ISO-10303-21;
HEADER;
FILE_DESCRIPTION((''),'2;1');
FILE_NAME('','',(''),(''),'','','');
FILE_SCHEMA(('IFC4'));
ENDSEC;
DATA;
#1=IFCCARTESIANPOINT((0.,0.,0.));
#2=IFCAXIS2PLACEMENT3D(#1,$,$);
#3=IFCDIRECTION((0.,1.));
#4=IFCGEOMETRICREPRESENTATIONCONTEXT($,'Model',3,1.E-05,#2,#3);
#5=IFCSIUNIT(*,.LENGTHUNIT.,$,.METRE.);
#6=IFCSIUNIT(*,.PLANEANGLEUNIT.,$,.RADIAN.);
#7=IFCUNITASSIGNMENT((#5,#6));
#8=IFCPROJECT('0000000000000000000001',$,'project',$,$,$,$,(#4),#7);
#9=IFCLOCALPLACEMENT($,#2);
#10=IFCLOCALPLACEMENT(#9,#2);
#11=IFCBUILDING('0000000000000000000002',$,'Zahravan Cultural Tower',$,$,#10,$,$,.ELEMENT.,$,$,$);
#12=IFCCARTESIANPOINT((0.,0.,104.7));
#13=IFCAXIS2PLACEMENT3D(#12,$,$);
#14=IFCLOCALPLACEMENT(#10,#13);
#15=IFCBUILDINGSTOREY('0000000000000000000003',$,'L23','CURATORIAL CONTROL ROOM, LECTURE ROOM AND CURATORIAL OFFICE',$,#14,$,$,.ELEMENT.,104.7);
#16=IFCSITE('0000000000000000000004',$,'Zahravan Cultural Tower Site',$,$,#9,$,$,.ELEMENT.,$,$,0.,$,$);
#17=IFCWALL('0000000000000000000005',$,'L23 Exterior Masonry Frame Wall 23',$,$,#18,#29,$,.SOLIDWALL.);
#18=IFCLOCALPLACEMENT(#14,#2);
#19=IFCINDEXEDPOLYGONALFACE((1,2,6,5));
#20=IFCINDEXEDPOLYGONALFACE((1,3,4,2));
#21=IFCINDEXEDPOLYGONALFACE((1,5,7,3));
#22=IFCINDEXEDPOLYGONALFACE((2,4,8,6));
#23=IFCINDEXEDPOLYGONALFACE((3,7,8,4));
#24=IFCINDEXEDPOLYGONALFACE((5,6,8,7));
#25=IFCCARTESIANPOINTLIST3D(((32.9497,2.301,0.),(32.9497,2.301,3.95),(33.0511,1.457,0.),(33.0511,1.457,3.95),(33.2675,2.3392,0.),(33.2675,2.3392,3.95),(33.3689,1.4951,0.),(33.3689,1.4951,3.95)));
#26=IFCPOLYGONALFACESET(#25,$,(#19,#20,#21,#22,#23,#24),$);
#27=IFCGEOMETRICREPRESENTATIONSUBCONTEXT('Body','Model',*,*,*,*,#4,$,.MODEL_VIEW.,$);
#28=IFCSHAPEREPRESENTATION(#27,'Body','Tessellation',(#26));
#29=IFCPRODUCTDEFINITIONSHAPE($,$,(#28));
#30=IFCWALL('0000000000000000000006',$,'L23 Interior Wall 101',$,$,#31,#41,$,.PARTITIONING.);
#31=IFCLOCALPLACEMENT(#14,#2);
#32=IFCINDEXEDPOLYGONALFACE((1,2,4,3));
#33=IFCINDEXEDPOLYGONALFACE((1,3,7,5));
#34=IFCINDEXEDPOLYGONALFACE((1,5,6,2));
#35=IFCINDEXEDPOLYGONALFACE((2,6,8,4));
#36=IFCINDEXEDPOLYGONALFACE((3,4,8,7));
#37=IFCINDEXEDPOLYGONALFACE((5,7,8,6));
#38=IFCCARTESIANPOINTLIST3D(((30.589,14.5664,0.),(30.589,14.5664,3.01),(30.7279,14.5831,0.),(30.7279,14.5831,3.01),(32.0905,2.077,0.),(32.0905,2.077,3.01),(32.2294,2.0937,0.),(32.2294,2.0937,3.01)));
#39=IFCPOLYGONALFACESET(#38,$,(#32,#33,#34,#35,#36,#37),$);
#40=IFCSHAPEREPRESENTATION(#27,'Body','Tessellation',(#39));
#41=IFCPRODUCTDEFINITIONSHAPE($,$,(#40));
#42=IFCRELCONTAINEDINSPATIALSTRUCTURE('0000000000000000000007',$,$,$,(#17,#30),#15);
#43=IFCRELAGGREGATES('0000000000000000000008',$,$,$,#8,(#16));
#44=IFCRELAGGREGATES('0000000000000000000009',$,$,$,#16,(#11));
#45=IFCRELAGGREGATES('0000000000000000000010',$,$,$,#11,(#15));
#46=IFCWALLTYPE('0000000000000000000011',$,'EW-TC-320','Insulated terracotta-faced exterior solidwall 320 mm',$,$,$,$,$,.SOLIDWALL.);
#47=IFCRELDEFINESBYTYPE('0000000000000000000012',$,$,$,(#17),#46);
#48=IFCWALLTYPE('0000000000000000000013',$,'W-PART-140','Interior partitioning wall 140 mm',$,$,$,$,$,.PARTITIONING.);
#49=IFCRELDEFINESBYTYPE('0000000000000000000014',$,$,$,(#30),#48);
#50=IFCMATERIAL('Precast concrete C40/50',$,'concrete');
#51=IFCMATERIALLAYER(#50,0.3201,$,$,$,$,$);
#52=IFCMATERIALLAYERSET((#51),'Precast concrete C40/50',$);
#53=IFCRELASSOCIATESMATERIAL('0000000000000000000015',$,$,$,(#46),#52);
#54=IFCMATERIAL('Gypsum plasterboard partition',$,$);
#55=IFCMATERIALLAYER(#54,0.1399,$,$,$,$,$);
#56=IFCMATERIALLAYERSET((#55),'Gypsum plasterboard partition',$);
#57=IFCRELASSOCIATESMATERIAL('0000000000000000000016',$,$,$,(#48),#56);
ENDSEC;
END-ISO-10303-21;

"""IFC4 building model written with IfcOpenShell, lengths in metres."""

from ifc_helpers import new_model, si_unit, direction, frame, frame_2d, origin, place, context, subcontext, project, spatial, rectangle, extrude, source, transform, mapped, material, layer, layer_set, type_object, element, save


model = new_model("IFC4")

# Units and contexts
model_context = context("Model", 3, precision=1e-05, world=origin(), true_north=direction((0.0, 1.0)))
body_context = subcontext(model_context, "Body", "Model", "MODEL_VIEW")
ifc_project = project(units=[si_unit("LENGTHUNIT", "METRE"), si_unit("PLANEANGLEUNIT", "RADIAN")], contexts=[model_context])

# Site, building, storey
site_placement = place(None, origin())
site = spatial("IfcSite", under=ifc_project, at=site_placement, Name="Zahravan Cultural Tower Site", CompositionType="ELEMENT", RefElevation=0.0)
building_placement = place(site_placement, origin())
building = spatial("IfcBuilding", under=site, at=building_placement, Name="Zahravan Cultural Tower", CompositionType="ELEMENT")
storey_placement = place(building_placement, frame((0.0, 0.0, 104.7)))
storey = spatial("IfcBuildingStorey", under=building, at=storey_placement, Name="L23", Description="CURATORIAL CONTROL ROOM, LECTURE ROOM AND CURATORIAL OFFICE", CompositionType="ELEMENT", Elevation=104.7)

# Walls
ifc_material_1 = material(Name="Precast concrete C40/50", Category="concrete")
ifc_layer_1 = layer(ifc_material_1, 0.3201)
ifc_layer_set_1 = layer_set([ifc_layer_1], Name="Precast concrete C40/50")
wall_type_1 = type_object("IfcWallType", Name="EW-TC-320", Description="Insulated terracotta-faced exterior solidwall 320 mm", PredefinedType="SOLIDWALL", material=ifc_layer_set_1)
shared_shape_1 = source(origin(), body_context, "Body", "SweptSolid", [
    extrude(rectangle(XDim=0.8501, YDim=0.3201, at=frame_2d((0.425, 0.0))), origin(), (0.0, 0.0, 1.0), 3.95),
])
for number, where, z_axis, x_axis, name in (
    (1, (33.21, 1.4761, 0.0), (0.0, 0.0, 1.0), (-0.119191, 0.992871, 0.0), "L23 Exterior Masonry Frame Wall 23"),
):
    element("IfcWall", number, at=place(storey_placement, frame(where, z_axis=z_axis, x_axis=x_axis)), inside=storey, type_object=wall_type_1, Name=name, PredefinedType="SOLIDWALL", context=body_context, shape_type="MappedRepresentation", body=[
        mapped(shared_shape_1, transform((0.0, 0.0, 0.0), x_axis=(1.0, 0.0, 0.0), y_axis=(0.0, 1.0, 0.0), z_axis=(0.0, 0.0, 1.0), scale=1.0)),
    ])
ifc_material_2 = material(Name="Gypsum plasterboard partition")
ifc_layer_2 = layer(ifc_material_2, 0.1399)
ifc_layer_set_2 = layer_set([ifc_layer_2], Name="Gypsum plasterboard partition")
wall_type_2 = type_object("IfcWallType", Name="W-PART-140", Description="Interior partitioning wall 140 mm", PredefinedType="PARTITIONING", material=ifc_layer_set_2)
shared_shape_2 = source(origin(), body_context, "Body", "SweptSolid", [
    extrude(rectangle(XDim=12.5793, YDim=0.1399, at=frame_2d((6.2896, 0.0))), origin(), (0.0, 0.0, 1.0), 3.01),
])
wall_1_placement = place(storey_placement, frame((32.1599, 2.0854, 0.0), z_axis=(0.0, 0.0, 1.0), x_axis=(-0.119359, 0.992851, 0.0)))
element("IfcWall", 2, at=wall_1_placement, inside=storey, type_object=wall_type_2, Name="L23 Interior Wall 101", PredefinedType="PARTITIONING", context=body_context, shape_type="MappedRepresentation", body=[
    mapped(shared_shape_2, transform((0.0, 0.0, 0.0), x_axis=(1.0, 0.0, 0.0), y_axis=(0.0, 1.0, 0.0), z_axis=(0.0, 0.0, 1.0), scale=1.0)),
])

save(model, "model.ifc")
